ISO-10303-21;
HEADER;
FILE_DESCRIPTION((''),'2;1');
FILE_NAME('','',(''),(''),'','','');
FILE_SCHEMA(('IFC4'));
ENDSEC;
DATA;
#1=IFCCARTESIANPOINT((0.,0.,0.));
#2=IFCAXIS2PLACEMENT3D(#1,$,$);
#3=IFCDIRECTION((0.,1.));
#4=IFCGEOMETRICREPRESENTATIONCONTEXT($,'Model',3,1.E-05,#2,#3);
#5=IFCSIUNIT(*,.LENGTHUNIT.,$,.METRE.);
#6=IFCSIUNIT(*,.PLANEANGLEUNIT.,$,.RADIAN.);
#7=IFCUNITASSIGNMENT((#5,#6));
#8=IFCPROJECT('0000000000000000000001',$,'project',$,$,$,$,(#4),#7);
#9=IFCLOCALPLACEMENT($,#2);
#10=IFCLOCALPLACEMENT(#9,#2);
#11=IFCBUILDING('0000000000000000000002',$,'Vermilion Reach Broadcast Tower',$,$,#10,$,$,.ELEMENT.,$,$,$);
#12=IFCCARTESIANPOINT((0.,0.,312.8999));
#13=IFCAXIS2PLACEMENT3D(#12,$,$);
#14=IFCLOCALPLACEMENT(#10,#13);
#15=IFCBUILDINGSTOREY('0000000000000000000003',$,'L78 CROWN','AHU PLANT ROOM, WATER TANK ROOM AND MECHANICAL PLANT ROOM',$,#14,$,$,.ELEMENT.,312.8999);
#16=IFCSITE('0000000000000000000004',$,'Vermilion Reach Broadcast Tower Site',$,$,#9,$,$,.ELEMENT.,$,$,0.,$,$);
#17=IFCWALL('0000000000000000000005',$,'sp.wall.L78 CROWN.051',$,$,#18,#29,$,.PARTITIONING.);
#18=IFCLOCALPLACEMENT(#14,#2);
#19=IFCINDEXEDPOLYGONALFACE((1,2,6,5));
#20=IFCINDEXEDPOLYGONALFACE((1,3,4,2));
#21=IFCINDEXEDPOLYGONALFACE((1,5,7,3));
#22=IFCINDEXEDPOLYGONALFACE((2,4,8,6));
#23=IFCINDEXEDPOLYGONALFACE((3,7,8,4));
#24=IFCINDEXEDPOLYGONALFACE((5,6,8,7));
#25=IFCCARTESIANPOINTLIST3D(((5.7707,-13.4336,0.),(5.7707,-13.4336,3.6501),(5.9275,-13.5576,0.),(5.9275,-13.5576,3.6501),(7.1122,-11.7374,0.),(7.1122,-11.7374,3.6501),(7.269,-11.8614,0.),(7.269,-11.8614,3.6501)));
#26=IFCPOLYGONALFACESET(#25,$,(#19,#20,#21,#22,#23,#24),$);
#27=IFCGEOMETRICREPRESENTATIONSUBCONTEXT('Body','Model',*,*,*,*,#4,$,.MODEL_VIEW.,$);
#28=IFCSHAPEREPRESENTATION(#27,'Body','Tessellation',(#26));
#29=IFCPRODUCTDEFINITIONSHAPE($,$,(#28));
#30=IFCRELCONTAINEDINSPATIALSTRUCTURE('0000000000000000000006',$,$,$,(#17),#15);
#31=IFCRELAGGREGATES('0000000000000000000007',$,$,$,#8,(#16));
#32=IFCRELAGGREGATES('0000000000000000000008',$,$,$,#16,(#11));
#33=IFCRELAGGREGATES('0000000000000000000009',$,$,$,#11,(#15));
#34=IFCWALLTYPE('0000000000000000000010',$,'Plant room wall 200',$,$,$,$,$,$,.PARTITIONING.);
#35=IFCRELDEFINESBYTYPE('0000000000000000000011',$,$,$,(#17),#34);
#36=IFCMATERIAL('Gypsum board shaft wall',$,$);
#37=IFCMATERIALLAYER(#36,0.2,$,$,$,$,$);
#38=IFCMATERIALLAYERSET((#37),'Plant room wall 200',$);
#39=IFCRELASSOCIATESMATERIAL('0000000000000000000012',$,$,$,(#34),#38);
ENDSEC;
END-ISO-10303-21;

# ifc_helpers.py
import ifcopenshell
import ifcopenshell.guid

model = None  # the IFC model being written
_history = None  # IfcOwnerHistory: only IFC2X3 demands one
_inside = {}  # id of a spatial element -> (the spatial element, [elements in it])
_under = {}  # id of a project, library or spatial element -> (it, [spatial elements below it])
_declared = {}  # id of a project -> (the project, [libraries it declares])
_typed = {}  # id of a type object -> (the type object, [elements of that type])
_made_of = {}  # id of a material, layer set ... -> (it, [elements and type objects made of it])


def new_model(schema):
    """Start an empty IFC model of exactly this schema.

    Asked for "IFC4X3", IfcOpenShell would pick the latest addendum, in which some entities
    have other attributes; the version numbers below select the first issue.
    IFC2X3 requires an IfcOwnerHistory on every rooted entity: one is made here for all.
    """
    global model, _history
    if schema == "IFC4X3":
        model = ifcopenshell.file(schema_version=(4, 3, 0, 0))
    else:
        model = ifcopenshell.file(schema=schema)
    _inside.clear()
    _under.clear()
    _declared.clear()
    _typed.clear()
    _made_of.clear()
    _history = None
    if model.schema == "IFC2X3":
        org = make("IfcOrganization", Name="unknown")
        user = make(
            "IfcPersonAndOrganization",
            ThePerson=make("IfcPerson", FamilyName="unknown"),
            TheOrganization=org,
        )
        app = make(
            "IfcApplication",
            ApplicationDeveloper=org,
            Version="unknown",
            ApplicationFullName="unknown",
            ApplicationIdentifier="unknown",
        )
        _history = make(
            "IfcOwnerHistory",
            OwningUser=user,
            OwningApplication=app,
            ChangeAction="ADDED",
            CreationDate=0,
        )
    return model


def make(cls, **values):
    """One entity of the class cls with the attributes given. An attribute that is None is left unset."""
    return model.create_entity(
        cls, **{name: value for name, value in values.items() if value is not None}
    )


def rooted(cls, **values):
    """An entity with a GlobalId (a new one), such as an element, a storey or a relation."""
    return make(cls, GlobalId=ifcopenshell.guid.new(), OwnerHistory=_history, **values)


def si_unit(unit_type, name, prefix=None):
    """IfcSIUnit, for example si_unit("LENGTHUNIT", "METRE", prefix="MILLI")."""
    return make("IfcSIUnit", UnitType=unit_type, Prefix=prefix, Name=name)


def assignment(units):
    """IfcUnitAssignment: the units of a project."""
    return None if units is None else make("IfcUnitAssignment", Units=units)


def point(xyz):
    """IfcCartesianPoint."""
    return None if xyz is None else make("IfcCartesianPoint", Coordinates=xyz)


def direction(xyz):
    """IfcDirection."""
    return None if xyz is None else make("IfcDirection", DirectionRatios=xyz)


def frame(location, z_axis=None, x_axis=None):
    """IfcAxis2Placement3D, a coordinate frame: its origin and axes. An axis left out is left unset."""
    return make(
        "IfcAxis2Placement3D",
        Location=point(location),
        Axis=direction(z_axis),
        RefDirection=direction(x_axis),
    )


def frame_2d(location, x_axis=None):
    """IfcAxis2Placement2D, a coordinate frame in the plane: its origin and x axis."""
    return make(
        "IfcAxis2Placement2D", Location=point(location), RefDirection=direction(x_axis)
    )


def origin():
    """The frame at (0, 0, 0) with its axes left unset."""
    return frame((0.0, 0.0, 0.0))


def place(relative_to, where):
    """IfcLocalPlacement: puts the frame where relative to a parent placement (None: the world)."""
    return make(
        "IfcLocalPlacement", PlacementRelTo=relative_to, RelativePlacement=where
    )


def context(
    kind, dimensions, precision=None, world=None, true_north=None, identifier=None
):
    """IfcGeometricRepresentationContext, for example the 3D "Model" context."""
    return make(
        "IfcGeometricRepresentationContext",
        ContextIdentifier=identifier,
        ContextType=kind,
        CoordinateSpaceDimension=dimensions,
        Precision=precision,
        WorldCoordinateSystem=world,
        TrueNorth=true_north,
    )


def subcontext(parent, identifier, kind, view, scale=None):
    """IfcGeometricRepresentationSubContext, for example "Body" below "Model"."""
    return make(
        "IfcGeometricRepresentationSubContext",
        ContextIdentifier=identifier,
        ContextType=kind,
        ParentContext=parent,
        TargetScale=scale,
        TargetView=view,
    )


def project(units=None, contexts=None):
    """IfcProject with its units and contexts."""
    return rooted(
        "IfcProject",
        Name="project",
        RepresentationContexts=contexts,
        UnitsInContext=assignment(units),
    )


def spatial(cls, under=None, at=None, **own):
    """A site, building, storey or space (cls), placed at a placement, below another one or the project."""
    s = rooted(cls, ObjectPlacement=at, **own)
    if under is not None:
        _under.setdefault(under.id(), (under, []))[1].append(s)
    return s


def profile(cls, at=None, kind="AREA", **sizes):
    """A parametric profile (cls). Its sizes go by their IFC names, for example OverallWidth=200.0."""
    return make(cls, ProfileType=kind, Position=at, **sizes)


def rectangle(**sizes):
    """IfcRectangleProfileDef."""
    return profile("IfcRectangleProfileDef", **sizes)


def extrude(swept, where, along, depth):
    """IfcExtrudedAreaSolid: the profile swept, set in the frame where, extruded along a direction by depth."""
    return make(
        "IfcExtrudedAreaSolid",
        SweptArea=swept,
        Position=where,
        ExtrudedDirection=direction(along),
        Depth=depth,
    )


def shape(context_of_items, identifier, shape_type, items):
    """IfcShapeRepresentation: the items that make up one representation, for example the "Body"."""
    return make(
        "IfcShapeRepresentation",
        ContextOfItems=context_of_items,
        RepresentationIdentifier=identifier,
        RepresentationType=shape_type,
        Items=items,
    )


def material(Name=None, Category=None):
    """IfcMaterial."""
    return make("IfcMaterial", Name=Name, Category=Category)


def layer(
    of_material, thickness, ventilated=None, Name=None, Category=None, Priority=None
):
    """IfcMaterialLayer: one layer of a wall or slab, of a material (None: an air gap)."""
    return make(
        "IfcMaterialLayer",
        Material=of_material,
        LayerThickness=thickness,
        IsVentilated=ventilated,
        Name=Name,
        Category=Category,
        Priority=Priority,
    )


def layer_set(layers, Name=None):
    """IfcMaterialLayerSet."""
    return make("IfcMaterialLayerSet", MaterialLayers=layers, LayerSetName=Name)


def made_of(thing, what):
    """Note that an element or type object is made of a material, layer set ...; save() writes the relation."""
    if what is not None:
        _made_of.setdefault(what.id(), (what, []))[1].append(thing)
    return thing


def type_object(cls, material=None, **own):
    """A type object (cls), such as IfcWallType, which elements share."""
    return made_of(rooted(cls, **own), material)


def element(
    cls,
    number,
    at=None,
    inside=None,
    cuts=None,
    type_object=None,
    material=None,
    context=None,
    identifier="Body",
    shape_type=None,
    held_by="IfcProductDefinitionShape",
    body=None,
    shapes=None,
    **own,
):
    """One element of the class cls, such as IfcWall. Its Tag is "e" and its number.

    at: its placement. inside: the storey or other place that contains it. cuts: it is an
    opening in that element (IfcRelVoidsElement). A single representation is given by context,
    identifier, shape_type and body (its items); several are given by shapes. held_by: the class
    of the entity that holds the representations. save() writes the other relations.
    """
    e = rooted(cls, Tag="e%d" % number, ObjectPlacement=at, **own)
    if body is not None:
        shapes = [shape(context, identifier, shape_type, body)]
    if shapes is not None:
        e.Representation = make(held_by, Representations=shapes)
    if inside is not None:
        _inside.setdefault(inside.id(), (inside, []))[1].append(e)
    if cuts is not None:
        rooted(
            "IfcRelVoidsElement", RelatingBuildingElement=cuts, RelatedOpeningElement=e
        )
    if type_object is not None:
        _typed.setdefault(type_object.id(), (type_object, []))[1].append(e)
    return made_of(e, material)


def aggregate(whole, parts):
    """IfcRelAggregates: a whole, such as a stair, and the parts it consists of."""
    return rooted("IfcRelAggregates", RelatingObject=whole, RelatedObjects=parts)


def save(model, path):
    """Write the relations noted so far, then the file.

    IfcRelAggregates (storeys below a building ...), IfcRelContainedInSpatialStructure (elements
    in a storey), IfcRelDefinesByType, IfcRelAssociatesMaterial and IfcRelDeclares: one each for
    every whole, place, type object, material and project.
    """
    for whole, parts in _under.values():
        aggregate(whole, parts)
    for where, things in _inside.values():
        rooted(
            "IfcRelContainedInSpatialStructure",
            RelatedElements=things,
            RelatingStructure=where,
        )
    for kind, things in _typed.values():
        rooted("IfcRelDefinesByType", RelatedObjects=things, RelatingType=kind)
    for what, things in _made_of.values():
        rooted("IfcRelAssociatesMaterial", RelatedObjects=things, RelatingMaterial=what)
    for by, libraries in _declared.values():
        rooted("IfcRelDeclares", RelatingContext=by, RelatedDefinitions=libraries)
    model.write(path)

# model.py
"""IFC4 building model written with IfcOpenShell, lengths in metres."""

from ifc_helpers import new_model, si_unit, direction, frame, frame_2d, origin, place, context, subcontext, project, spatial, rectangle, extrude, material, layer, layer_set, type_object, element, save


model = new_model("IFC4")

# Units and contexts
model_context = context("Model", 3, precision=1e-05, world=origin(), true_north=direction((0.0, 1.0)))
body_context = subcontext(model_context, "Body", "Model", "MODEL_VIEW")
ifc_project = project(units=[si_unit("LENGTHUNIT", "METRE"), si_unit("PLANEANGLEUNIT", "RADIAN")], contexts=[model_context])

# Site, building, storey
site_placement = place(None, origin())
site = spatial("IfcSite", under=ifc_project, at=site_placement, Name="Vermilion Reach Broadcast Tower Site", CompositionType="ELEMENT", RefElevation=0.0)
building_placement = place(site_placement, origin())
building = spatial("IfcBuilding", under=site, at=building_placement, Name="Vermilion Reach Broadcast Tower", CompositionType="ELEMENT")
storey_placement = place(building_placement, frame((0.0, 0.0, 312.8999)))
storey = spatial("IfcBuildingStorey", under=building, at=storey_placement, Name="L78 CROWN", Description="AHU PLANT ROOM, WATER TANK ROOM AND MECHANICAL PLANT ROOM", CompositionType="ELEMENT", Elevation=312.8999)

# Shared definitions
ifc_material_1 = material(Name="Gypsum board shaft wall")
ifc_layer_1 = layer(ifc_material_1, 0.2)
ifc_layer_set_1 = layer_set([ifc_layer_1], Name="Plant room wall 200")
wall_type_1 = type_object("IfcWallType", Name="Plant room wall 200", PredefinedType="PARTITIONING", material=ifc_layer_set_1)

# Wall
wall_1_placement = place(storey_placement, frame((5.8491, -13.4956, 0.0), z_axis=(0.0, 0.0, 1.0), x_axis=(0.620321, 0.784348, 0.0)))
element("IfcWall", 1, at=wall_1_placement, inside=storey, type_object=wall_type_1, Name="sp.wall.L78 CROWN.051", PredefinedType="PARTITIONING", context=body_context, shape_type="SweptSolid", body=[
    extrude(rectangle(XDim=2.1626, YDim=0.2, at=frame_2d((1.0813, 0.0))), origin(), (0.0, 0.0, 1.0), 3.6501),
])

save(model, "model.ifc")
